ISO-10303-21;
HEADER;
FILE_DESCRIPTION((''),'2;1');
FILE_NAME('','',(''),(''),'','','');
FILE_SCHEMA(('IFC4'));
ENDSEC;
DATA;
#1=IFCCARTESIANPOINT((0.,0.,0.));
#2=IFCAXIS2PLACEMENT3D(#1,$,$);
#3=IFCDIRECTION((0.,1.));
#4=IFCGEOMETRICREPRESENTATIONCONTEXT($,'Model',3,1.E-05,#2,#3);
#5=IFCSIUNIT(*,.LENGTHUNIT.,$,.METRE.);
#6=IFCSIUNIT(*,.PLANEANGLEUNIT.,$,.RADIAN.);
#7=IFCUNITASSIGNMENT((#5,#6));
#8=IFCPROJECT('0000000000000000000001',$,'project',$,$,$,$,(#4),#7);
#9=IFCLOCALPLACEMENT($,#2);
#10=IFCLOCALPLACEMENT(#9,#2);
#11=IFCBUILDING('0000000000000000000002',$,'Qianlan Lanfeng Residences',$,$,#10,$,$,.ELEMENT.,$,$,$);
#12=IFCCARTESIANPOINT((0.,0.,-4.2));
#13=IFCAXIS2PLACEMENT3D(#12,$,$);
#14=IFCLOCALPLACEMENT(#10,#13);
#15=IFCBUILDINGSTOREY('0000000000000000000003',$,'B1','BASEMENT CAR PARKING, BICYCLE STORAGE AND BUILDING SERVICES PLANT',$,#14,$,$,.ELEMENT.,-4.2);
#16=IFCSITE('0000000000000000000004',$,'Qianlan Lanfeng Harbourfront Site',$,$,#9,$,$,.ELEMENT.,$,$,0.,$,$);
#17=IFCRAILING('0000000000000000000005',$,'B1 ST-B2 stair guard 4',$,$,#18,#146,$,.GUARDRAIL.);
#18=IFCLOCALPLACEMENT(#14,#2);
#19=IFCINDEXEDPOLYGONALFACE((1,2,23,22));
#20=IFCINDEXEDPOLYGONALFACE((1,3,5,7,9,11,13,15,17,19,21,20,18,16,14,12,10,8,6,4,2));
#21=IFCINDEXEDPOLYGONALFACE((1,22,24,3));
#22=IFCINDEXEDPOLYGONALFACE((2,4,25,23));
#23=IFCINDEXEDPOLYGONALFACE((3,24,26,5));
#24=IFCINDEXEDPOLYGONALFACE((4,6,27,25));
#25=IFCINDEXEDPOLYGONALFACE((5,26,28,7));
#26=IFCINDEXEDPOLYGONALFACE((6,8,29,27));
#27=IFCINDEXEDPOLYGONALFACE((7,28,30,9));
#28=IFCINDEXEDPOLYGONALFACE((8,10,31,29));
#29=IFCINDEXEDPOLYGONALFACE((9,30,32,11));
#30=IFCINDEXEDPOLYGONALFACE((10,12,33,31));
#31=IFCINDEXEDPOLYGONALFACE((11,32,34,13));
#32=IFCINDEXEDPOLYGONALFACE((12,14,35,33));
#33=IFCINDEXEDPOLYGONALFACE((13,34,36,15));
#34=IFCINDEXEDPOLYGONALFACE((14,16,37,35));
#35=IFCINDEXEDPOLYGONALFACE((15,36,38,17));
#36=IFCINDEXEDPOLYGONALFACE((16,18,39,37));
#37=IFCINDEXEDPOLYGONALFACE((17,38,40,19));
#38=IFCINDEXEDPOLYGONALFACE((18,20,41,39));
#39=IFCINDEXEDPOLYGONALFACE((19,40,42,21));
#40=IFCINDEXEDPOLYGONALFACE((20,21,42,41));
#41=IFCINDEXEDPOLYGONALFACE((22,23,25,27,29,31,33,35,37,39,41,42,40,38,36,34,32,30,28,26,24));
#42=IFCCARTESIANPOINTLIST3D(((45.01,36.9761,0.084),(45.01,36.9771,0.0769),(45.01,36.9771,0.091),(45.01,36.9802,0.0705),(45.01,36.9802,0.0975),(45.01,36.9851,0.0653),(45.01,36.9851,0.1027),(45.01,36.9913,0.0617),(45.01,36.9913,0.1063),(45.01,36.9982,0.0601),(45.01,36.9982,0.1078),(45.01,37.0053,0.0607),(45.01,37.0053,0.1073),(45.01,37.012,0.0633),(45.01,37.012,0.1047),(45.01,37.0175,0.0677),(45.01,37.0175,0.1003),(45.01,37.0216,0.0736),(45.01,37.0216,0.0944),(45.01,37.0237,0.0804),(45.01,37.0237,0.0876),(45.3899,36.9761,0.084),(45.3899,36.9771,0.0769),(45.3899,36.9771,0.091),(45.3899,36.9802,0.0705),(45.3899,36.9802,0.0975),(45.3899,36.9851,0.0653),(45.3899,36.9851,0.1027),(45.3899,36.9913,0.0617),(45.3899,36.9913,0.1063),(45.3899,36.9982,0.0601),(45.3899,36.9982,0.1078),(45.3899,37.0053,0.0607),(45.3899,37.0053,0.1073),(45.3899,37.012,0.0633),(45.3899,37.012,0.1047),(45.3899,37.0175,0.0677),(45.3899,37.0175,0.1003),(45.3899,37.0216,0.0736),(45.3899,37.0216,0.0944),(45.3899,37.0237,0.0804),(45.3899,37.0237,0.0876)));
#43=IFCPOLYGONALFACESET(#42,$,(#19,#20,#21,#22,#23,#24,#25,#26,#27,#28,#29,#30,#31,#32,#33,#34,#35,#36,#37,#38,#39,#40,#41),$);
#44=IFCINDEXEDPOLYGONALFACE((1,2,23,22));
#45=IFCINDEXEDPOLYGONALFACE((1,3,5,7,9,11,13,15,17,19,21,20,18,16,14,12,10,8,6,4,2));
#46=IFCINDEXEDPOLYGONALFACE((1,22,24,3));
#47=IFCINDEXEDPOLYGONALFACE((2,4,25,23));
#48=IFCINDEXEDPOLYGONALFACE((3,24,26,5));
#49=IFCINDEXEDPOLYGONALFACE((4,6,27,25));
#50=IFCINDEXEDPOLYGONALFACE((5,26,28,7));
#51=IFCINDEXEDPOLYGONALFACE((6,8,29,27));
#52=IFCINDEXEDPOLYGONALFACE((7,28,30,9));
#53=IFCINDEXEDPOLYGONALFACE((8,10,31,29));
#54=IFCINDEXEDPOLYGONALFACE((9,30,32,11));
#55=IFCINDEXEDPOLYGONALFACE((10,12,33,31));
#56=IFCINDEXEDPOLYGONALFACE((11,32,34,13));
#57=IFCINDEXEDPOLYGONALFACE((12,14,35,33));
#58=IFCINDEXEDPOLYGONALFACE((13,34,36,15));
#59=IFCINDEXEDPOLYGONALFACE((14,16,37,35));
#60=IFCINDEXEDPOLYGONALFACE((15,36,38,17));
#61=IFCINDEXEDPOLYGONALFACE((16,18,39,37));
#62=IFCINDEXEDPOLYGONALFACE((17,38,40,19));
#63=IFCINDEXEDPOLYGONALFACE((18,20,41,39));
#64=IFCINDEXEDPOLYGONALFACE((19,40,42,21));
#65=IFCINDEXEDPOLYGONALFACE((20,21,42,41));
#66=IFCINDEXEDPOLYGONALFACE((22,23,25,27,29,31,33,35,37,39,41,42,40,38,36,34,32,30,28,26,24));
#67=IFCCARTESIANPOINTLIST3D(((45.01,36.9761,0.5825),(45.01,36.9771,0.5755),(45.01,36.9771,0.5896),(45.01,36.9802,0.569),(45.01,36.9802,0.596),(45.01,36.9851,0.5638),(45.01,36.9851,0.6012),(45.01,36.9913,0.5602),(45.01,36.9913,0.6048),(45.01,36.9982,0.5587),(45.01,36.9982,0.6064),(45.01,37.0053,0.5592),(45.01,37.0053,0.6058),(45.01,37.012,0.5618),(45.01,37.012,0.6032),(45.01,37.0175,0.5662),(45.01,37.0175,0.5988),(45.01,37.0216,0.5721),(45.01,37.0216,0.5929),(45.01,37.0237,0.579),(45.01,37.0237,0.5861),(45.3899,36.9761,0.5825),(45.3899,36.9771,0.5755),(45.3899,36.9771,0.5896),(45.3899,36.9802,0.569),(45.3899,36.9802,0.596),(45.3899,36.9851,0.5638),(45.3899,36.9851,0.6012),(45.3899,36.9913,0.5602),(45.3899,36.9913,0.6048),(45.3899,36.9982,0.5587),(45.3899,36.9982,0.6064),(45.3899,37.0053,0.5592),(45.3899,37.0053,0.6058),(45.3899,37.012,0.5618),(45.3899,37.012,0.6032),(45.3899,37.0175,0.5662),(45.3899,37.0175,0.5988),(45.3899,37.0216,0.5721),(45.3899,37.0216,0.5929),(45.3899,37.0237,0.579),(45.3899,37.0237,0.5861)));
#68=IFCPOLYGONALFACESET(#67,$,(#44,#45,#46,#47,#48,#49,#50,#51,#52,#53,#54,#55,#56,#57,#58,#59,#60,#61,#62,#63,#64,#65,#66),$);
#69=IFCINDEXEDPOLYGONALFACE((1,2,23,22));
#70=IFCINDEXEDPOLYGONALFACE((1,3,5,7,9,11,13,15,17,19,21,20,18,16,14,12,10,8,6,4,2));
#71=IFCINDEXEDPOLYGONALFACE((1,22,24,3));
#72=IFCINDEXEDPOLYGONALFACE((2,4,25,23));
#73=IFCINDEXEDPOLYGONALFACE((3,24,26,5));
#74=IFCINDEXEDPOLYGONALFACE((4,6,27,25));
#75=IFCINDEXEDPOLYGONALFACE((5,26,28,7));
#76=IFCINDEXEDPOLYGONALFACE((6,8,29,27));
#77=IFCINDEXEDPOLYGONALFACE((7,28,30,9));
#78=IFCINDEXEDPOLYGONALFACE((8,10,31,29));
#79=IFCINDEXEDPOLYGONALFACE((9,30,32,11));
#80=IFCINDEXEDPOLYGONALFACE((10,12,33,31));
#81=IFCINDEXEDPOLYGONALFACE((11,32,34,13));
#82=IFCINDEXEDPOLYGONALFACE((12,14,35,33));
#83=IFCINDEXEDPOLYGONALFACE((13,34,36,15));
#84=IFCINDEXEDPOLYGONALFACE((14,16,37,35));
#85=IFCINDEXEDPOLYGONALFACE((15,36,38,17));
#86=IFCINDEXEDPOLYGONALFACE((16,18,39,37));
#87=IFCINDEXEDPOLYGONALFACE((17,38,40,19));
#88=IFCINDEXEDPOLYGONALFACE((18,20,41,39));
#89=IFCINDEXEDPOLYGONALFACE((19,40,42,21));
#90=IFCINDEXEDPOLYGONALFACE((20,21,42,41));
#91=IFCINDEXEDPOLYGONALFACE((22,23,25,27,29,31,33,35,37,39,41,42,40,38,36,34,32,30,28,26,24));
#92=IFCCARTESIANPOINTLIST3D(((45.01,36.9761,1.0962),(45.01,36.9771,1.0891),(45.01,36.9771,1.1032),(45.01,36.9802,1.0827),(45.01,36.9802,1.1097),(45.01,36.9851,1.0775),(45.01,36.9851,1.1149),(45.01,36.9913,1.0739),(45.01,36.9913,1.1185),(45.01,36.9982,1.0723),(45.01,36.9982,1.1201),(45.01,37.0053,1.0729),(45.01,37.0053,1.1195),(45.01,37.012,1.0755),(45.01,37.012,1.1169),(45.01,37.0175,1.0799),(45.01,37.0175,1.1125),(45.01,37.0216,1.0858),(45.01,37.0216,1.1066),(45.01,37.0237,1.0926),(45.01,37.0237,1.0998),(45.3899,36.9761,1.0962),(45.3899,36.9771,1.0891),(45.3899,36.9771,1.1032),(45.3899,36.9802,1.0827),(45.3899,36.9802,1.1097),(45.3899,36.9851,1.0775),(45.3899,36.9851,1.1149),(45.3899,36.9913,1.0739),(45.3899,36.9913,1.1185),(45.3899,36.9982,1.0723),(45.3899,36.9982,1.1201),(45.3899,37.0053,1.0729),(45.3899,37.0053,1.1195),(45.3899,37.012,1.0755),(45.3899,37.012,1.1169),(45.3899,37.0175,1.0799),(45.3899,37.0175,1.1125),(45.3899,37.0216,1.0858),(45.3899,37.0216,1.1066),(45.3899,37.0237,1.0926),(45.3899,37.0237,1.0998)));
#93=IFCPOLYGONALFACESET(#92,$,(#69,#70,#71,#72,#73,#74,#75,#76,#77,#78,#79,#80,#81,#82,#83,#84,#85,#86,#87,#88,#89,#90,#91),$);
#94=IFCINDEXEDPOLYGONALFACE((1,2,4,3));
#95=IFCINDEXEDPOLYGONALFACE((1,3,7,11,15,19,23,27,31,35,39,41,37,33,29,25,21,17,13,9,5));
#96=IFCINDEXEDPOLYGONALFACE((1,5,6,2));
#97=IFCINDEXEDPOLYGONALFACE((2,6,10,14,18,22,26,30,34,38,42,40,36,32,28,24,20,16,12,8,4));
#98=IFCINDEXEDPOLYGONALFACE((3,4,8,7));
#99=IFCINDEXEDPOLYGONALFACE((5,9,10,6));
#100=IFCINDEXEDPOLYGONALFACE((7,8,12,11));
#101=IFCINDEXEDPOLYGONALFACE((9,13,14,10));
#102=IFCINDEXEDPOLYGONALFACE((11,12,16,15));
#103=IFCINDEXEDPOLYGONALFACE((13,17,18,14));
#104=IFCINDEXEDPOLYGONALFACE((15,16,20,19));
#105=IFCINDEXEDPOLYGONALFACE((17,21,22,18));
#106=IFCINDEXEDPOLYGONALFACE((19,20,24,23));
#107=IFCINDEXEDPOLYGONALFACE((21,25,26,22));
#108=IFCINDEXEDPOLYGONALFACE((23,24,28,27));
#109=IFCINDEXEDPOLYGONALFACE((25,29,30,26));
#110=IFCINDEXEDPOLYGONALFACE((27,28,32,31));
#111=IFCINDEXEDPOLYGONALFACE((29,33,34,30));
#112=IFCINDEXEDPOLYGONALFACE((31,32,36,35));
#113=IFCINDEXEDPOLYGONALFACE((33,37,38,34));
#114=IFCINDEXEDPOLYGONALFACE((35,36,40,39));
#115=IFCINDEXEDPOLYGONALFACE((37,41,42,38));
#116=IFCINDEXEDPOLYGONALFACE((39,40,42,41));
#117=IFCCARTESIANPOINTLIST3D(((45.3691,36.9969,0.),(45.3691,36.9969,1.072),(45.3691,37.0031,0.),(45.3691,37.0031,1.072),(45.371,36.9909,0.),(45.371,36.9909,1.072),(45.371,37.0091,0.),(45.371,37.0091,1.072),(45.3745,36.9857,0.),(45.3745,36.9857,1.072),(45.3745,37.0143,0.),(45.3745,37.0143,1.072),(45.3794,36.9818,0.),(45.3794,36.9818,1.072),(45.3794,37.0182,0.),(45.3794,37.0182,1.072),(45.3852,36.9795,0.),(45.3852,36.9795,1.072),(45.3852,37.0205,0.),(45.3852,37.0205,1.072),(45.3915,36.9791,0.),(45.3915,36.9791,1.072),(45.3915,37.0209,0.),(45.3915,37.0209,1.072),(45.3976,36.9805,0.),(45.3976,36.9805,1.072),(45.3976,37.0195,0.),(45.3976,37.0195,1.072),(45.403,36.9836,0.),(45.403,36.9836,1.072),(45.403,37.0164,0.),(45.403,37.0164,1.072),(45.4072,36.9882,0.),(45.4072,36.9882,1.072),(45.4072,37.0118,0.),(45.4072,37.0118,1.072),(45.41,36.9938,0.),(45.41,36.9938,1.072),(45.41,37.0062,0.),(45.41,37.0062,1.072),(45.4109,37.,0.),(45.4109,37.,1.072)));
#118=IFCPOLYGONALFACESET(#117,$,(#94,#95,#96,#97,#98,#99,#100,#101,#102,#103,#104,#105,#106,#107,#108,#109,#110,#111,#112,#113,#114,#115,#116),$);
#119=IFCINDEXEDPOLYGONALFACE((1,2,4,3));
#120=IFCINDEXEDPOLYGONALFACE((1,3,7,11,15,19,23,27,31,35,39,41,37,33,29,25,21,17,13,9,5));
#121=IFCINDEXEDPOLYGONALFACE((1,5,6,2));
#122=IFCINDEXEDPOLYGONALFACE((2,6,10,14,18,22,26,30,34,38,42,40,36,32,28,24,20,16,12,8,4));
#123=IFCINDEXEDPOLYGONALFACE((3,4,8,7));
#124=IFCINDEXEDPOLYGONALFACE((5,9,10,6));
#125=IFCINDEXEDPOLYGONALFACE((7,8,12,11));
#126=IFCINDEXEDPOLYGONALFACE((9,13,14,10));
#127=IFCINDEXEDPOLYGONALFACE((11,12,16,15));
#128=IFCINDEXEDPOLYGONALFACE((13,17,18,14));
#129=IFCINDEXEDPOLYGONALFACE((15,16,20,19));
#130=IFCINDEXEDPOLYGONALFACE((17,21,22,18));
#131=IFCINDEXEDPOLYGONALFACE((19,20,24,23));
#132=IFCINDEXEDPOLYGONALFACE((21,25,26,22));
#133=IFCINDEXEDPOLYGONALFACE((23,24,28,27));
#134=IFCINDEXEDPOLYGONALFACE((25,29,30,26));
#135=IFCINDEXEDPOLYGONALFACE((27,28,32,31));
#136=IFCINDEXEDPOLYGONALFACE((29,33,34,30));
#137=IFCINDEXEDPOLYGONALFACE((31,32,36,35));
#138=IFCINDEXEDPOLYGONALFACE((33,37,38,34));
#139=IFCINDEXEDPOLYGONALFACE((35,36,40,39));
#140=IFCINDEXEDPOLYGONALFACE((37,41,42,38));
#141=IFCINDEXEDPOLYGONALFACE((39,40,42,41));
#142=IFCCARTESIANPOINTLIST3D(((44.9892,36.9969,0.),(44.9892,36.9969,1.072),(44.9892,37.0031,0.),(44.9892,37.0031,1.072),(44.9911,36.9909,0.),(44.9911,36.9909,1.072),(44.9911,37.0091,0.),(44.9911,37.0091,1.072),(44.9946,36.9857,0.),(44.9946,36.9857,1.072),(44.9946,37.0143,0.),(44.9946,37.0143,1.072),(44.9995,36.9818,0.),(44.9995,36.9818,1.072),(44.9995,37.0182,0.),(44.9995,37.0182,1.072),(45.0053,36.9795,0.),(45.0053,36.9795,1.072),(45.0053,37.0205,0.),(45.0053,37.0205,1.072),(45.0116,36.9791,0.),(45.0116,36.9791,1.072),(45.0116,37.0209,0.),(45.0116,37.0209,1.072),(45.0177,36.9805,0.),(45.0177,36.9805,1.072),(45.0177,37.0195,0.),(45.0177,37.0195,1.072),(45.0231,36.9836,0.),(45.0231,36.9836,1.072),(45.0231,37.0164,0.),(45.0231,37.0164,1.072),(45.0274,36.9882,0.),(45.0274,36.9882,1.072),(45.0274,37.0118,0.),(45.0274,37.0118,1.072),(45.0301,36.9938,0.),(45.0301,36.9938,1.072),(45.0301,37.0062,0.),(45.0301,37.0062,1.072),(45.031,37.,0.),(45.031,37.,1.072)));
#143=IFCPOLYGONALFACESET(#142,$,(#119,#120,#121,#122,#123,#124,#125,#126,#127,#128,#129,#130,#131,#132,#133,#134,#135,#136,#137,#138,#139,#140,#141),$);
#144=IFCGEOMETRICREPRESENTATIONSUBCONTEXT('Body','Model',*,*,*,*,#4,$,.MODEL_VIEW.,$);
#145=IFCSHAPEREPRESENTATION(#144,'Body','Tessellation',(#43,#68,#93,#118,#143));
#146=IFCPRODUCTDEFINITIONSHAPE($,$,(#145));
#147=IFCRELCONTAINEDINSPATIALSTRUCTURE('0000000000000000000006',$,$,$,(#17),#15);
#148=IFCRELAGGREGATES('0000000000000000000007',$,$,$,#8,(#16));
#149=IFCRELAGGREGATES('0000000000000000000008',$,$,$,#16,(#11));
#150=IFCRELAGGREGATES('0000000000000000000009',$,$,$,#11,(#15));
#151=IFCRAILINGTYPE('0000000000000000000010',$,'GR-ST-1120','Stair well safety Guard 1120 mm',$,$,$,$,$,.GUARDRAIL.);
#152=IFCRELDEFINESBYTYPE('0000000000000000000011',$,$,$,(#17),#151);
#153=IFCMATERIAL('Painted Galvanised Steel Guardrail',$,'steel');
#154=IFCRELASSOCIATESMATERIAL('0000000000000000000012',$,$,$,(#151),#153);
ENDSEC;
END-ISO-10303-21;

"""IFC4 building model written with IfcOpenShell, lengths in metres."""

from ifc_helpers import new_model, si_unit, direction, frame, origin, origin_2d, place, context, subcontext, project, spatial, circle, extrude, material, type_object, element, save


model = new_model("IFC4")

# Units and contexts
model_context = context("Model", 3, precision=1e-05, world=origin(), true_north=direction((0.0, 1.0)))
body_context = subcontext(model_context, "Body", "Model", "MODEL_VIEW")
ifc_project = project(units=[si_unit("LENGTHUNIT", "METRE"), si_unit("PLANEANGLEUNIT", "RADIAN")], contexts=[model_context])

# Site, building, storey
site_placement = place(None, origin())
site = spatial("IfcSite", under=ifc_project, at=site_placement, Name="Qianlan Lanfeng Harbourfront Site", CompositionType="ELEMENT", RefElevation=0.0)
building_placement = place(site_placement, origin())
building = spatial("IfcBuilding", under=site, at=building_placement, Name="Qianlan Lanfeng Residences", CompositionType="ELEMENT")
storey_placement = place(building_placement, frame((0.0, 0.0, -4.2)))
storey = spatial("IfcBuildingStorey", under=building, at=storey_placement, Name="B1", Description="BASEMENT CAR PARKING, BICYCLE STORAGE AND BUILDING SERVICES PLANT", CompositionType="ELEMENT", Elevation=-4.2)

# Railing
ifc_material_1 = material(Name="Painted Galvanised Steel Guardrail", Category="steel")
railing_type_1 = type_object("IfcRailingType", Name="GR-ST-1120", Description="Stair well safety Guard 1120 mm", PredefinedType="GUARDRAIL", material=ifc_material_1)
railing_1_placement = place(storey_placement, frame((45.3899, 37.0, 0.0)))
element("IfcRailing", 1, at=railing_1_placement, inside=storey, type_object=railing_type_1, Name="B1 ST-B2 stair guard 4", PredefinedType="GUARDRAIL", context=body_context, shape_type="SweptSolid", body=[
    extrude(circle(Radius=0.0239, at=origin_2d()), frame((0.0, 0.0, 0.084), z_axis=(-1.0, 0.0, 0.0), x_axis=(0.0, -1.0, 0.0)), (0.0, 0.0, 1.0), 0.3799),
    extrude(circle(Radius=0.0239, at=origin_2d()), frame((0.0, 0.0, 0.5825), z_axis=(-1.0, 0.0, 0.0), x_axis=(0.0, -1.0, 0.0)), (0.0, 0.0, 1.0), 0.3799),
    extrude(circle(Radius=0.0239, at=origin_2d()), frame((0.0, 0.0, 1.0962), z_axis=(-1.0, 0.0, 0.0), x_axis=(0.0, -1.0, 0.0)), (0.0, 0.0, 1.0), 0.3799),
    extrude(circle(Radius=0.021, at=origin_2d()), origin(), (0.0, 0.0, 1.0), 1.072),
    extrude(circle(Radius=0.021, at=origin_2d()), frame((-0.3799, 0.0, 0.0)), (0.0, 0.0, 1.0), 1.072),
])

save(model, "model.ifc")
